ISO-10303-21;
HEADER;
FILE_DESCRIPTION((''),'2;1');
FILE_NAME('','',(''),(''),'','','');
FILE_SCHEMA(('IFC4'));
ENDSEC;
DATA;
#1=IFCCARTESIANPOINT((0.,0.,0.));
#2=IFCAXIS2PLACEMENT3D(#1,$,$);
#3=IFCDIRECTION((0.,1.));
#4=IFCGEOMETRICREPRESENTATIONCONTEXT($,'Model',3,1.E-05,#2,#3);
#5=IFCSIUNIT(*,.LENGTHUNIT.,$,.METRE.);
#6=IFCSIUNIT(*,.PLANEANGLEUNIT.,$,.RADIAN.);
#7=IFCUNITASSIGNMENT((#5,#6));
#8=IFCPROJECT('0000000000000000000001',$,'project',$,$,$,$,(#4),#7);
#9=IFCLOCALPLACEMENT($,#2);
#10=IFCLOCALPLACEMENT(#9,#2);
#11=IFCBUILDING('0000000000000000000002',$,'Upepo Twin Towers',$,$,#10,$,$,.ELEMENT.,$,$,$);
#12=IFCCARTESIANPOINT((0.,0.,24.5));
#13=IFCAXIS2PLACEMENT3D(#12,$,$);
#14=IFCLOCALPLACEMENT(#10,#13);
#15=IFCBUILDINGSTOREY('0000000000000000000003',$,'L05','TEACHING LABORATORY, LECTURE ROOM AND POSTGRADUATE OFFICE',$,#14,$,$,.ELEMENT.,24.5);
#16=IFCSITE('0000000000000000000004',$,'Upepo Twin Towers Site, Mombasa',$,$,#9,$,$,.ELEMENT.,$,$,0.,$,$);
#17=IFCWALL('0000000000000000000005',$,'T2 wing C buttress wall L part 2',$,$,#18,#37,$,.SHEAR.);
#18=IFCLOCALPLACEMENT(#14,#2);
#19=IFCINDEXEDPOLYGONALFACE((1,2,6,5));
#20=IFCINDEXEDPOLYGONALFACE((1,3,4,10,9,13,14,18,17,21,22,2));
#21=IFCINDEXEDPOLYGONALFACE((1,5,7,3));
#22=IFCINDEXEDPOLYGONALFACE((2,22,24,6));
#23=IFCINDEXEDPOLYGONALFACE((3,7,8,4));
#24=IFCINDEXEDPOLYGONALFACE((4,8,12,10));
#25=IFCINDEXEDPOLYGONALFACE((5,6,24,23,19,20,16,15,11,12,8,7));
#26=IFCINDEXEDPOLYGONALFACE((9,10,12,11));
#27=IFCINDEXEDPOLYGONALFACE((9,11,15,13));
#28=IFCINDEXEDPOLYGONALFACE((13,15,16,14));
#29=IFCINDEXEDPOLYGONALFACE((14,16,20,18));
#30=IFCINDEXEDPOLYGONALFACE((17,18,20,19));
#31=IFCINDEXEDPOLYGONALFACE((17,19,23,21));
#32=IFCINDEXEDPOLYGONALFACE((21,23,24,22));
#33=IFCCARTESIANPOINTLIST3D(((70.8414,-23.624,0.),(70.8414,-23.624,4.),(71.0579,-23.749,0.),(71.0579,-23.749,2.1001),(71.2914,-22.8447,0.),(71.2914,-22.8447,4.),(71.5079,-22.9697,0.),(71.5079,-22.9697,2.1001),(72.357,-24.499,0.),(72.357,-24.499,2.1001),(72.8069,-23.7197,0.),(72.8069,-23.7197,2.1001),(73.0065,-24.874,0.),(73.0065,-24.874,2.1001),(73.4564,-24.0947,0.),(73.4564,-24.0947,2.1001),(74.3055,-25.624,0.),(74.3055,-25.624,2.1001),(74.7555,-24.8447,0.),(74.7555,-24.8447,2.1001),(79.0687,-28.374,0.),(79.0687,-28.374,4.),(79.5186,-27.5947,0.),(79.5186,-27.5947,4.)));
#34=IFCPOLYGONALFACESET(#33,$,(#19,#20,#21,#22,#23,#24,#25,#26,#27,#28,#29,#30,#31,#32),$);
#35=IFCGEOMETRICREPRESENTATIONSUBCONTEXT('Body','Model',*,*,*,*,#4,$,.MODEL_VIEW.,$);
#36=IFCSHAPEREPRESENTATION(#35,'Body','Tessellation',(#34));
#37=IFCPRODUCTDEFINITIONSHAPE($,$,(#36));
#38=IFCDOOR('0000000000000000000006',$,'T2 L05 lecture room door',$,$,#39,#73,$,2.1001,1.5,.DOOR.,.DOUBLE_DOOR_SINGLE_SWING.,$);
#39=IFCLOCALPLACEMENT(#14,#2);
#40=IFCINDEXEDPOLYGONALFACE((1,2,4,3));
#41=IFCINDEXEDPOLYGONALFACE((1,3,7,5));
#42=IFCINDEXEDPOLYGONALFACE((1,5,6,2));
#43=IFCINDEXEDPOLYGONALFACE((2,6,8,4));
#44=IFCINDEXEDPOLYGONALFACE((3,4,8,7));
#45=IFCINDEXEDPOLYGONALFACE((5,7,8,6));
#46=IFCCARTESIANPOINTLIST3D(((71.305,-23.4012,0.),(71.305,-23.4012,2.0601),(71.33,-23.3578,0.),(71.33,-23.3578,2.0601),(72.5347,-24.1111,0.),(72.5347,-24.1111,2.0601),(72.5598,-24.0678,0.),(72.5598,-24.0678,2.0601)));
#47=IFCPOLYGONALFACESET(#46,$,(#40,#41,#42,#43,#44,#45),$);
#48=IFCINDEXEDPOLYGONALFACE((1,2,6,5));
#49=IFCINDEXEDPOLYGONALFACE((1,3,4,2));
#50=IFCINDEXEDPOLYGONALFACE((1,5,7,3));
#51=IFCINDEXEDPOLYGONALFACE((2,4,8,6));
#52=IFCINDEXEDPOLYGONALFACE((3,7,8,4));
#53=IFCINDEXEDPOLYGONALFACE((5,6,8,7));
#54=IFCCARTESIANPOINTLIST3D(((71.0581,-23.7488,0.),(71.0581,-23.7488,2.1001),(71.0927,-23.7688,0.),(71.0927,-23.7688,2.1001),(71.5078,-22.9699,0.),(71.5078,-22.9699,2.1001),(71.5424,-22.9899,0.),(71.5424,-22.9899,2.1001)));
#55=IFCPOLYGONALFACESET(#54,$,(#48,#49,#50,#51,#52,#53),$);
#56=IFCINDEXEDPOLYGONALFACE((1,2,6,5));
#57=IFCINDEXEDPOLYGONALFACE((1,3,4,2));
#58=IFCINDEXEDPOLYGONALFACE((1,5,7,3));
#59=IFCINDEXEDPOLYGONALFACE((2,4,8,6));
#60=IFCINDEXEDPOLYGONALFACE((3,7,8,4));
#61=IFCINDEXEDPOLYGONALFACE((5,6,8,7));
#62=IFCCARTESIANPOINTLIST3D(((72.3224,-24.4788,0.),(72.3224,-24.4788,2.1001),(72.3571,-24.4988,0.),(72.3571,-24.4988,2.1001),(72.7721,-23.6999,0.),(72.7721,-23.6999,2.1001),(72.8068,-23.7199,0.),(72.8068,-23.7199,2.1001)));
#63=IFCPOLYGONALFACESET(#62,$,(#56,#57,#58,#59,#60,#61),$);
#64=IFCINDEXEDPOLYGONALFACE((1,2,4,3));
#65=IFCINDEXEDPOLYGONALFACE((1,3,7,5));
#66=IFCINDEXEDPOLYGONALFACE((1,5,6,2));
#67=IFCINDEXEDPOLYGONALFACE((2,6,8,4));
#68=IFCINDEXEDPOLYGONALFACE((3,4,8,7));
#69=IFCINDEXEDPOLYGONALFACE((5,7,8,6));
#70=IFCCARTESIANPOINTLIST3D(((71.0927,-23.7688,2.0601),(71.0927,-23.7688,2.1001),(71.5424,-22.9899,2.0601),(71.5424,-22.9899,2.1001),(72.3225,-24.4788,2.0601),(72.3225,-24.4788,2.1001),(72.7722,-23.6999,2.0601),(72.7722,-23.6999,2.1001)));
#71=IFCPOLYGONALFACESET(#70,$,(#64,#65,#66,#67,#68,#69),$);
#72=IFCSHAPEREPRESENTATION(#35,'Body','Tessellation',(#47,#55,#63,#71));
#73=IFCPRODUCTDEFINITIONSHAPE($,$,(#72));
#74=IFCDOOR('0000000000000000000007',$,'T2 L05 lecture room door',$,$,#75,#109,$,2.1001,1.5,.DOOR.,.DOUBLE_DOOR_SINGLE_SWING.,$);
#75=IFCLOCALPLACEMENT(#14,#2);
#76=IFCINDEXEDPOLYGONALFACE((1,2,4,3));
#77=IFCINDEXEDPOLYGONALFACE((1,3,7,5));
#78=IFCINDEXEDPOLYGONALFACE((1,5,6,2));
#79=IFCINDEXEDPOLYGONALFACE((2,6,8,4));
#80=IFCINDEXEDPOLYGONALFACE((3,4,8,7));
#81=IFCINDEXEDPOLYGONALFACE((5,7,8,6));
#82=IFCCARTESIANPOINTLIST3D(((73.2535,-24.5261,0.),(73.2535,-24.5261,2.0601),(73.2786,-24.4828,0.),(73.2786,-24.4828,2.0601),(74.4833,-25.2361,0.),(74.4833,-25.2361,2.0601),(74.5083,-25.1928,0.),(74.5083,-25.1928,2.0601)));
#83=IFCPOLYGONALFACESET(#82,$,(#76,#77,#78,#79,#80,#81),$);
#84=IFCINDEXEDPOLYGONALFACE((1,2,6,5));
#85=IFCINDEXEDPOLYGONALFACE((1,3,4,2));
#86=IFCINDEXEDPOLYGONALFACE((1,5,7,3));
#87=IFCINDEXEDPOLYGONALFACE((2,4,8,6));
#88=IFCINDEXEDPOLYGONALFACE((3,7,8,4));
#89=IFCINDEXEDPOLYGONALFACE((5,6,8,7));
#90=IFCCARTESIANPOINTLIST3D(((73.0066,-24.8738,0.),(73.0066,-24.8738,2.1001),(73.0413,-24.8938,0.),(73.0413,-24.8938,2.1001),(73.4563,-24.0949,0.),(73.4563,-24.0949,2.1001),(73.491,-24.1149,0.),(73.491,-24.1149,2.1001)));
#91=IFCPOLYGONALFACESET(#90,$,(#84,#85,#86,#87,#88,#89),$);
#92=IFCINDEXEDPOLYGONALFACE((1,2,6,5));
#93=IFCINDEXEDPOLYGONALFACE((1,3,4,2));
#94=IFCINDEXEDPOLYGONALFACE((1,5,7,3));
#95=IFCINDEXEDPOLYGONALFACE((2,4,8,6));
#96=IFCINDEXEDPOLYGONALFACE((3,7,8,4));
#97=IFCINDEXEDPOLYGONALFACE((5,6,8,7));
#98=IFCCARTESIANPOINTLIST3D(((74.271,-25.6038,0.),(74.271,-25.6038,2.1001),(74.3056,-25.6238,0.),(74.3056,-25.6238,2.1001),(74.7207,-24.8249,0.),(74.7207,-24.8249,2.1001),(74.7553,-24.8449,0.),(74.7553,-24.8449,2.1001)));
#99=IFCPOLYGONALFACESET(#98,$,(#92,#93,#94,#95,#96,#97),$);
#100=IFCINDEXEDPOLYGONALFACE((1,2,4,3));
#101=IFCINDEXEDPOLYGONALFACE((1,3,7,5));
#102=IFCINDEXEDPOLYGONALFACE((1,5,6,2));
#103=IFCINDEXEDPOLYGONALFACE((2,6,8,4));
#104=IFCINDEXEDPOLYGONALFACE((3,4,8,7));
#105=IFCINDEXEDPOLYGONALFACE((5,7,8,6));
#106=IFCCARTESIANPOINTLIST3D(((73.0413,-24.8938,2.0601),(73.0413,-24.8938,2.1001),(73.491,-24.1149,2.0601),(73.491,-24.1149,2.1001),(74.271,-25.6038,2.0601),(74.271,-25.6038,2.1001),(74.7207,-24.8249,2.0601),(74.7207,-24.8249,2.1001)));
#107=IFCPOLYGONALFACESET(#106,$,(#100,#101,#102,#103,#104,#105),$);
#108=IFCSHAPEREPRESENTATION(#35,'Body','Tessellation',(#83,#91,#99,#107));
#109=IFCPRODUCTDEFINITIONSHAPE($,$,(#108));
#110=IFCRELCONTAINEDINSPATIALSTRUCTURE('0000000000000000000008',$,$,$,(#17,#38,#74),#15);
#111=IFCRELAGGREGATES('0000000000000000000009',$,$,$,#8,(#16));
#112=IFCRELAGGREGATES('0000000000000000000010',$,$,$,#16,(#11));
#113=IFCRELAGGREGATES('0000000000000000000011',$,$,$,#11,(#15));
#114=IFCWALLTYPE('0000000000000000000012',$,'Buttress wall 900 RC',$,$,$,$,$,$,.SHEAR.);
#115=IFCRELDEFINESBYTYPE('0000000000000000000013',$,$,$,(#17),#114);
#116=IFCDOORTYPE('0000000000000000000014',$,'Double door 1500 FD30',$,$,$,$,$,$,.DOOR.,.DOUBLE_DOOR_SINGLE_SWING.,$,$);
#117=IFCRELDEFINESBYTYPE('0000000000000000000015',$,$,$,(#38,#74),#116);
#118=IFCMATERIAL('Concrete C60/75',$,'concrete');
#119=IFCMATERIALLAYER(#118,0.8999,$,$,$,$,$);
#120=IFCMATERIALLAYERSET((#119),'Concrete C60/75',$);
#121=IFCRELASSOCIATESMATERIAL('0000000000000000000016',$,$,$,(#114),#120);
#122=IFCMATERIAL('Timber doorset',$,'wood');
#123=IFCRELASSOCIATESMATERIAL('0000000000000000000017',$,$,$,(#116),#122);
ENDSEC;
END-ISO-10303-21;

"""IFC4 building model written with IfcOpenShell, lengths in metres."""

from ifc_helpers import new_model, si_unit, direction, frame, frame_2d, origin, place, context, subcontext, project, spatial, rectangle, extrude, material, layer, layer_set, type_object, element, fill, save


model = new_model("IFC4")

# Units and contexts
model_context = context("Model", 3, precision=1e-05, world=origin(), true_north=direction((0.0, 1.0)))
body_context = subcontext(model_context, "Body", "Model", "MODEL_VIEW")
ifc_project = project(units=[si_unit("LENGTHUNIT", "METRE"), si_unit("PLANEANGLEUNIT", "RADIAN")], contexts=[model_context])

# Site, building, storey
site_placement = place(None, origin())
site = spatial("IfcSite", under=ifc_project, at=site_placement, Name="Upepo Twin Towers Site, Mombasa", CompositionType="ELEMENT", RefElevation=0.0)
building_placement = place(site_placement, origin())
building = spatial("IfcBuilding", under=site, at=building_placement, Name="Upepo Twin Towers", CompositionType="ELEMENT")
storey_placement = place(building_placement, frame((0.0, 0.0, 24.5)))
storey = spatial("IfcBuildingStorey", under=building, at=storey_placement, Name="L05", Description="TEACHING LABORATORY, LECTURE ROOM AND POSTGRADUATE OFFICE", CompositionType="ELEMENT", Elevation=24.5)

# Wall, openings, doors
ifc_material_1 = material(Name="Concrete C60/75", Category="concrete")
ifc_layer_1 = layer(ifc_material_1, 0.8999)
ifc_layer_set_1 = layer_set([ifc_layer_1], Name="Concrete C60/75")
wall_type_1 = type_object("IfcWallType", Name="Buttress wall 900 RC", PredefinedType="SHEAR", material=ifc_layer_set_1)
wall_1_placement = place(storey_placement, frame((71.0664, -23.2344, 0.0), z_axis=(0.0, 0.0, 1.0), x_axis=(0.866027, -0.499998, 0.0)))
wall_1 = element("IfcWall", 1, at=wall_1_placement, inside=storey, type_object=wall_type_1, Name="T2 wing C buttress wall L part 2", PredefinedType="SHEAR", context=body_context, shape_type="SweptSolid", body=[
    extrude(rectangle(XDim=9.5, YDim=0.8999, at=frame_2d((4.75, 0.0))), origin(), (0.0, 0.0, 1.0), 4.0),
])
opening_1_placement = place(wall_1_placement, frame((0.25, 0.0, 0.0)))
opening_1 = element("IfcOpeningElement", 2, at=opening_1_placement, cuts=wall_1, PredefinedType="OPENING", context=body_context, shape_type="SweptSolid", body=[
    extrude(rectangle(XDim=1.5, YDim=2.1001, at=frame_2d((0.75, 1.05))), frame((0.0, 0.46, 0.0), z_axis=(0.0, -1.0, 0.0), x_axis=(1.0, 0.0, 0.0)), (0.0, 0.0, 1.0), 0.9199),
])
opening_2_placement = place(wall_1_placement, frame((2.5, 0.0, 0.0)))
opening_2 = element("IfcOpeningElement", 3, at=opening_2_placement, cuts=wall_1, PredefinedType="OPENING", context=body_context, shape_type="SweptSolid", body=[
    extrude(rectangle(XDim=1.5, YDim=2.1001, at=frame_2d((0.75, 1.05))), frame((0.0, 0.46, 0.0), z_axis=(0.0, -1.0, 0.0), x_axis=(1.0, 0.0, 0.0)), (0.0, 0.0, 1.0), 0.9199),
])
ifc_material_2 = material(Name="Timber doorset", Category="wood")
door_type_1 = type_object("IfcDoorType", Name="Double door 1500 FD30", OperationType="DOUBLE_DOOR_SINGLE_SWING", PredefinedType="DOOR", material=ifc_material_2)
door_1_placement = place(opening_1_placement, origin())
door_1 = element("IfcDoor", 4, at=door_1_placement, inside=storey, type_object=door_type_1, Name="T2 L05 lecture room door", OperationType="DOUBLE_DOOR_SINGLE_SWING", OverallHeight=2.1001, OverallWidth=1.5, PredefinedType="DOOR", context=body_context, shape_type="SweptSolid", body=[
    extrude(rectangle(XDim=1.42, YDim=2.0601, at=frame_2d((0.75, 1.03))), frame((0.0, 0.0249, 0.0), z_axis=(0.0, -1.0, 0.0), x_axis=(1.0, 0.0, 0.0)), (0.0, 0.0, 1.0), 0.05),
    extrude(rectangle(XDim=0.04, YDim=2.1001, at=frame_2d((0.02, 1.05))), frame((0.0, 0.4497, 0.0), z_axis=(0.0, -1.0, 0.0), x_axis=(1.0, 0.0, 0.0)), (0.0, 0.0, 1.0), 0.8994),
    extrude(rectangle(XDim=0.04, YDim=2.1001, at=frame_2d((1.48, 1.05))), frame((0.0, 0.4497, 0.0), z_axis=(0.0, -1.0, 0.0), x_axis=(1.0, 0.0, 0.0)), (0.0, 0.0, 1.0), 0.8994),
    extrude(rectangle(XDim=1.42, YDim=0.04, at=frame_2d((0.75, 2.0801))), frame((0.0, 0.4497, 0.0), z_axis=(0.0, -1.0, 0.0), x_axis=(1.0, 0.0, 0.0)), (0.0, 0.0, 1.0), 0.8994),
])
fill(opening_1, door_1)
door_2_placement = place(opening_2_placement, origin())
door_2 = element("IfcDoor", 5, at=door_2_placement, inside=storey, type_object=door_type_1, Name="T2 L05 lecture room door", OperationType="DOUBLE_DOOR_SINGLE_SWING", OverallHeight=2.1001, OverallWidth=1.5, PredefinedType="DOOR", context=body_context, shape_type="SweptSolid", body=[
    extrude(rectangle(XDim=1.42, YDim=2.0601, at=frame_2d((0.75, 1.03))), frame((0.0, 0.0249, 0.0), z_axis=(0.0, -1.0, 0.0), x_axis=(1.0, 0.0, 0.0)), (0.0, 0.0, 1.0), 0.05),
    extrude(rectangle(XDim=0.04, YDim=2.1001, at=frame_2d((0.02, 1.05))), frame((0.0, 0.4497, 0.0), z_axis=(0.0, -1.0, 0.0), x_axis=(1.0, 0.0, 0.0)), (0.0, 0.0, 1.0), 0.8994),
    extrude(rectangle(XDim=0.04, YDim=2.1001, at=frame_2d((1.48, 1.05))), frame((0.0, 0.4497, 0.0), z_axis=(0.0, -1.0, 0.0), x_axis=(1.0, 0.0, 0.0)), (0.0, 0.0, 1.0), 0.8994),
    extrude(rectangle(XDim=1.42, YDim=0.04, at=frame_2d((0.75, 2.0801))), frame((0.0, 0.4497, 0.0), z_axis=(0.0, -1.0, 0.0), x_axis=(1.0, 0.0, 0.0)), (0.0, 0.0, 1.0), 0.8994),
])
fill(opening_2, door_2)

save(model, "model.ifc")
